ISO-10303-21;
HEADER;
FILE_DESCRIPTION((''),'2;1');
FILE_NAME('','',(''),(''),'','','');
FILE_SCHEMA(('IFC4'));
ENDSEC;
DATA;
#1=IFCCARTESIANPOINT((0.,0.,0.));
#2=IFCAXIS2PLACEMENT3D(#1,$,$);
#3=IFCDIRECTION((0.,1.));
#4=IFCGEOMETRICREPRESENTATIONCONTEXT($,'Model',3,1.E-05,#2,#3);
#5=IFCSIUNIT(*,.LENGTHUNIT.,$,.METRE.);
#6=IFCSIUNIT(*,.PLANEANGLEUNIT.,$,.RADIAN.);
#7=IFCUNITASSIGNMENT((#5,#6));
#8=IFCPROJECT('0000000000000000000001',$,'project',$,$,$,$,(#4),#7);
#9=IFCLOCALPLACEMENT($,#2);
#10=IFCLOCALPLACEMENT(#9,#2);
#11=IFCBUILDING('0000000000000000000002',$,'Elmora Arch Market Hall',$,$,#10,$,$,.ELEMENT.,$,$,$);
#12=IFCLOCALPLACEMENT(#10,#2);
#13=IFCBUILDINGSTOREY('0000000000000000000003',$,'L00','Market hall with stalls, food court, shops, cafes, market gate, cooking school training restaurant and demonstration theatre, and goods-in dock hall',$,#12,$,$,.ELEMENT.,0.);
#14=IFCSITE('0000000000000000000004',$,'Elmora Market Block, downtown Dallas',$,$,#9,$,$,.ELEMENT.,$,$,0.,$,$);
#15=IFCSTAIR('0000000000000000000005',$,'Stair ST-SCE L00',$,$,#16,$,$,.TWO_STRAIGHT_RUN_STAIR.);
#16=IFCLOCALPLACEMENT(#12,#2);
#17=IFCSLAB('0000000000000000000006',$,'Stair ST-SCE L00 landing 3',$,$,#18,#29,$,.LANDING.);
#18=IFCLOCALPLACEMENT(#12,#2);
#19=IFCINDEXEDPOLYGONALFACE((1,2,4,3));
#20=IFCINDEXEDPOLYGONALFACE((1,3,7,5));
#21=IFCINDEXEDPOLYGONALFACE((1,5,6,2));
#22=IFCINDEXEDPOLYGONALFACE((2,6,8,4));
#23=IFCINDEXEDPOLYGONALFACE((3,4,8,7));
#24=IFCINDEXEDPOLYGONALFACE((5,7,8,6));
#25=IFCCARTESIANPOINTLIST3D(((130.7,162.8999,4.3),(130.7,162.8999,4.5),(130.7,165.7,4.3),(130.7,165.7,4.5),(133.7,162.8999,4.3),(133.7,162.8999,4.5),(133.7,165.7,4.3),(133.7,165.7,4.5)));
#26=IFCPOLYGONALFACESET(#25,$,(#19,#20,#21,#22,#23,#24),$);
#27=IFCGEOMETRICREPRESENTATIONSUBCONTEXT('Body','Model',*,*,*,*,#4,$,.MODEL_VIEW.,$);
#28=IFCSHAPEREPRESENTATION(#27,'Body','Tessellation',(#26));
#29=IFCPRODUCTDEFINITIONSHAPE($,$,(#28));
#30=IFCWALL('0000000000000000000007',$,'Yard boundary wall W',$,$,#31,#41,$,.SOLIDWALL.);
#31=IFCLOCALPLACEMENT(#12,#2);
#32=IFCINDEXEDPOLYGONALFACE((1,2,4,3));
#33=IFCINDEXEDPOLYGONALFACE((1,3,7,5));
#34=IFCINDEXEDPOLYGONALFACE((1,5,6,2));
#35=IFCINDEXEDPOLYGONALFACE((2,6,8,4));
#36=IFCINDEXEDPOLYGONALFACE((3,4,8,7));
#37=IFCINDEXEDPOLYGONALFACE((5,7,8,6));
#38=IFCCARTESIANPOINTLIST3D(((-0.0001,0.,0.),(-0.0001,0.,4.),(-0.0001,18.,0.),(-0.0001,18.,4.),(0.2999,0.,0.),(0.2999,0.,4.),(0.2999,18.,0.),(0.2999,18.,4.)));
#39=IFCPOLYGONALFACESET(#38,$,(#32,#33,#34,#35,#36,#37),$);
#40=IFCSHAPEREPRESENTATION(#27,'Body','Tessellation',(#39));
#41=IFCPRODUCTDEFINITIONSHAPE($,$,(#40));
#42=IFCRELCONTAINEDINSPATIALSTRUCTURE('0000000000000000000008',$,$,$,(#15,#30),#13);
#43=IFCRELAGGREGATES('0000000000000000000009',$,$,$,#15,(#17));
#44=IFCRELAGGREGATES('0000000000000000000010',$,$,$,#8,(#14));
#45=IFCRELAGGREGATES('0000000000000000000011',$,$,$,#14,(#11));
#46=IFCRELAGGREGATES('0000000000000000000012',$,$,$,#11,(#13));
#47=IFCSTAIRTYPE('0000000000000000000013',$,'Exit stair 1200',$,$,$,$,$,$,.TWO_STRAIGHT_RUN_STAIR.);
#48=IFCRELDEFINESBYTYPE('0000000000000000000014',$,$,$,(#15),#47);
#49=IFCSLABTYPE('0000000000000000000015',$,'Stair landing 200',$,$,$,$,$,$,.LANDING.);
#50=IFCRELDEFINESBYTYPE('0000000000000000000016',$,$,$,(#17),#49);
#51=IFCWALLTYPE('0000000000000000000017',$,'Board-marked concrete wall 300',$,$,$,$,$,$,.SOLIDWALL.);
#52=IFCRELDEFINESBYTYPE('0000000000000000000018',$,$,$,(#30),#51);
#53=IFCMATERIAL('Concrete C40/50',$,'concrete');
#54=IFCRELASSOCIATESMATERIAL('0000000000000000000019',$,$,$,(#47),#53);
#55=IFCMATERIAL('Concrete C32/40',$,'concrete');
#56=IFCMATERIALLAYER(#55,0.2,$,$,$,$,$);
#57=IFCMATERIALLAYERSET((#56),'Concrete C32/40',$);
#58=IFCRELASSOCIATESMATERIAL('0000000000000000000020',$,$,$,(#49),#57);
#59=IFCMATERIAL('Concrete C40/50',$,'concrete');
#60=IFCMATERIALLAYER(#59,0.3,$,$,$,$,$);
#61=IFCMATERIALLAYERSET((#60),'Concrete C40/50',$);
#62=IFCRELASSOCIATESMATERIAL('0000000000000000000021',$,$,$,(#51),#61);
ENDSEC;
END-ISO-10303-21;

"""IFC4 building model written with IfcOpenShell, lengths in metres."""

from ifc_helpers import new_model, si_unit, direction, frame, frame_2d, origin, place, context, subcontext, project, spatial, polyline, rectangle, outline, extrude, material, layer, layer_set, type_object, element, aggregate, save


model = new_model("IFC4")

# Units and contexts
model_context = context("Model", 3, precision=1e-05, world=origin(), true_north=direction((0.0, 1.0)))
body_context = subcontext(model_context, "Body", "Model", "MODEL_VIEW")
ifc_project = project(units=[si_unit("LENGTHUNIT", "METRE"), si_unit("PLANEANGLEUNIT", "RADIAN")], contexts=[model_context])

# Site, building, storey
site_placement = place(None, origin())
site = spatial("IfcSite", under=ifc_project, at=site_placement, Name="Elmora Market Block, downtown Dallas", CompositionType="ELEMENT", RefElevation=0.0)
building_placement = place(site_placement, origin())
building = spatial("IfcBuilding", under=site, at=building_placement, Name="Elmora Arch Market Hall", CompositionType="ELEMENT")
storey_placement = place(building_placement, origin())
storey = spatial("IfcBuildingStorey", under=building, at=storey_placement, Name="L00", Description="Market hall with stalls, food court, shops, cafes, market gate, cooking school training restaurant and demonstration theatre, and goods-in dock hall", CompositionType="ELEMENT", Elevation=0.0)

# Stair, slab
ifc_material_1 = material(Name="Concrete C40/50", Category="concrete")
stair_type = type_object("IfcStairType", Name="Exit stair 1200", PredefinedType="TWO_STRAIGHT_RUN_STAIR", material=ifc_material_1)
ifc_material_2 = material(Name="Concrete C32/40", Category="concrete")
ifc_layer_1 = layer(ifc_material_2, 0.2)
ifc_layer_set_1 = layer_set([ifc_layer_1], Name="Concrete C32/40")
slab_type = type_object("IfcSlabType", Name="Stair landing 200", PredefinedType="LANDING", material=ifc_layer_set_1)
stair_1_placement = place(storey_placement, origin())
stair_1 = element("IfcStair", 1, at=stair_1_placement, inside=storey, type_object=stair_type, Name="Stair ST-SCE L00", PredefinedType="TWO_STRAIGHT_RUN_STAIR")
slab_1_placement = place(storey_placement, frame((0.0, 0.0, 4.3)))
slab_1 = element("IfcSlab", 2, at=slab_1_placement, type_object=slab_type, Name="Stair ST-SCE L00 landing 3", PredefinedType="LANDING", context=body_context, shape_type="SweptSolid", body=[
    extrude(outline(polyline([(130.7, 162.8999), (133.7, 162.8999), (133.7, 165.7), (130.7, 165.7), (130.7, 162.8999)])), origin(), (0.0, 0.0, 1.0), 0.2),
])
aggregate(stair_1, [slab_1])

# Wall
ifc_material_3 = material(Name="Concrete C40/50", Category="concrete")
ifc_layer_2 = layer(ifc_material_3, 0.3)
ifc_layer_set_2 = layer_set([ifc_layer_2], Name="Concrete C40/50")
wall_type = type_object("IfcWallType", Name="Board-marked concrete wall 300", PredefinedType="SOLIDWALL", material=ifc_layer_set_2)
wall_placement = place(storey_placement, frame((0.1499, 0.0, 0.0), z_axis=(0.0, 0.0, 1.0), x_axis=(0.0, 1.0, 0.0)))
element("IfcWall", 3, at=wall_placement, inside=storey, type_object=wall_type, Name="Yard boundary wall W", PredefinedType="SOLIDWALL", context=body_context, shape_type="SweptSolid", body=[
    extrude(rectangle(XDim=18.0, YDim=0.3, at=frame_2d((9.0, 0.0))), origin(), (0.0, 0.0, 1.0), 4.0),
])

save(model, "model.ifc")
